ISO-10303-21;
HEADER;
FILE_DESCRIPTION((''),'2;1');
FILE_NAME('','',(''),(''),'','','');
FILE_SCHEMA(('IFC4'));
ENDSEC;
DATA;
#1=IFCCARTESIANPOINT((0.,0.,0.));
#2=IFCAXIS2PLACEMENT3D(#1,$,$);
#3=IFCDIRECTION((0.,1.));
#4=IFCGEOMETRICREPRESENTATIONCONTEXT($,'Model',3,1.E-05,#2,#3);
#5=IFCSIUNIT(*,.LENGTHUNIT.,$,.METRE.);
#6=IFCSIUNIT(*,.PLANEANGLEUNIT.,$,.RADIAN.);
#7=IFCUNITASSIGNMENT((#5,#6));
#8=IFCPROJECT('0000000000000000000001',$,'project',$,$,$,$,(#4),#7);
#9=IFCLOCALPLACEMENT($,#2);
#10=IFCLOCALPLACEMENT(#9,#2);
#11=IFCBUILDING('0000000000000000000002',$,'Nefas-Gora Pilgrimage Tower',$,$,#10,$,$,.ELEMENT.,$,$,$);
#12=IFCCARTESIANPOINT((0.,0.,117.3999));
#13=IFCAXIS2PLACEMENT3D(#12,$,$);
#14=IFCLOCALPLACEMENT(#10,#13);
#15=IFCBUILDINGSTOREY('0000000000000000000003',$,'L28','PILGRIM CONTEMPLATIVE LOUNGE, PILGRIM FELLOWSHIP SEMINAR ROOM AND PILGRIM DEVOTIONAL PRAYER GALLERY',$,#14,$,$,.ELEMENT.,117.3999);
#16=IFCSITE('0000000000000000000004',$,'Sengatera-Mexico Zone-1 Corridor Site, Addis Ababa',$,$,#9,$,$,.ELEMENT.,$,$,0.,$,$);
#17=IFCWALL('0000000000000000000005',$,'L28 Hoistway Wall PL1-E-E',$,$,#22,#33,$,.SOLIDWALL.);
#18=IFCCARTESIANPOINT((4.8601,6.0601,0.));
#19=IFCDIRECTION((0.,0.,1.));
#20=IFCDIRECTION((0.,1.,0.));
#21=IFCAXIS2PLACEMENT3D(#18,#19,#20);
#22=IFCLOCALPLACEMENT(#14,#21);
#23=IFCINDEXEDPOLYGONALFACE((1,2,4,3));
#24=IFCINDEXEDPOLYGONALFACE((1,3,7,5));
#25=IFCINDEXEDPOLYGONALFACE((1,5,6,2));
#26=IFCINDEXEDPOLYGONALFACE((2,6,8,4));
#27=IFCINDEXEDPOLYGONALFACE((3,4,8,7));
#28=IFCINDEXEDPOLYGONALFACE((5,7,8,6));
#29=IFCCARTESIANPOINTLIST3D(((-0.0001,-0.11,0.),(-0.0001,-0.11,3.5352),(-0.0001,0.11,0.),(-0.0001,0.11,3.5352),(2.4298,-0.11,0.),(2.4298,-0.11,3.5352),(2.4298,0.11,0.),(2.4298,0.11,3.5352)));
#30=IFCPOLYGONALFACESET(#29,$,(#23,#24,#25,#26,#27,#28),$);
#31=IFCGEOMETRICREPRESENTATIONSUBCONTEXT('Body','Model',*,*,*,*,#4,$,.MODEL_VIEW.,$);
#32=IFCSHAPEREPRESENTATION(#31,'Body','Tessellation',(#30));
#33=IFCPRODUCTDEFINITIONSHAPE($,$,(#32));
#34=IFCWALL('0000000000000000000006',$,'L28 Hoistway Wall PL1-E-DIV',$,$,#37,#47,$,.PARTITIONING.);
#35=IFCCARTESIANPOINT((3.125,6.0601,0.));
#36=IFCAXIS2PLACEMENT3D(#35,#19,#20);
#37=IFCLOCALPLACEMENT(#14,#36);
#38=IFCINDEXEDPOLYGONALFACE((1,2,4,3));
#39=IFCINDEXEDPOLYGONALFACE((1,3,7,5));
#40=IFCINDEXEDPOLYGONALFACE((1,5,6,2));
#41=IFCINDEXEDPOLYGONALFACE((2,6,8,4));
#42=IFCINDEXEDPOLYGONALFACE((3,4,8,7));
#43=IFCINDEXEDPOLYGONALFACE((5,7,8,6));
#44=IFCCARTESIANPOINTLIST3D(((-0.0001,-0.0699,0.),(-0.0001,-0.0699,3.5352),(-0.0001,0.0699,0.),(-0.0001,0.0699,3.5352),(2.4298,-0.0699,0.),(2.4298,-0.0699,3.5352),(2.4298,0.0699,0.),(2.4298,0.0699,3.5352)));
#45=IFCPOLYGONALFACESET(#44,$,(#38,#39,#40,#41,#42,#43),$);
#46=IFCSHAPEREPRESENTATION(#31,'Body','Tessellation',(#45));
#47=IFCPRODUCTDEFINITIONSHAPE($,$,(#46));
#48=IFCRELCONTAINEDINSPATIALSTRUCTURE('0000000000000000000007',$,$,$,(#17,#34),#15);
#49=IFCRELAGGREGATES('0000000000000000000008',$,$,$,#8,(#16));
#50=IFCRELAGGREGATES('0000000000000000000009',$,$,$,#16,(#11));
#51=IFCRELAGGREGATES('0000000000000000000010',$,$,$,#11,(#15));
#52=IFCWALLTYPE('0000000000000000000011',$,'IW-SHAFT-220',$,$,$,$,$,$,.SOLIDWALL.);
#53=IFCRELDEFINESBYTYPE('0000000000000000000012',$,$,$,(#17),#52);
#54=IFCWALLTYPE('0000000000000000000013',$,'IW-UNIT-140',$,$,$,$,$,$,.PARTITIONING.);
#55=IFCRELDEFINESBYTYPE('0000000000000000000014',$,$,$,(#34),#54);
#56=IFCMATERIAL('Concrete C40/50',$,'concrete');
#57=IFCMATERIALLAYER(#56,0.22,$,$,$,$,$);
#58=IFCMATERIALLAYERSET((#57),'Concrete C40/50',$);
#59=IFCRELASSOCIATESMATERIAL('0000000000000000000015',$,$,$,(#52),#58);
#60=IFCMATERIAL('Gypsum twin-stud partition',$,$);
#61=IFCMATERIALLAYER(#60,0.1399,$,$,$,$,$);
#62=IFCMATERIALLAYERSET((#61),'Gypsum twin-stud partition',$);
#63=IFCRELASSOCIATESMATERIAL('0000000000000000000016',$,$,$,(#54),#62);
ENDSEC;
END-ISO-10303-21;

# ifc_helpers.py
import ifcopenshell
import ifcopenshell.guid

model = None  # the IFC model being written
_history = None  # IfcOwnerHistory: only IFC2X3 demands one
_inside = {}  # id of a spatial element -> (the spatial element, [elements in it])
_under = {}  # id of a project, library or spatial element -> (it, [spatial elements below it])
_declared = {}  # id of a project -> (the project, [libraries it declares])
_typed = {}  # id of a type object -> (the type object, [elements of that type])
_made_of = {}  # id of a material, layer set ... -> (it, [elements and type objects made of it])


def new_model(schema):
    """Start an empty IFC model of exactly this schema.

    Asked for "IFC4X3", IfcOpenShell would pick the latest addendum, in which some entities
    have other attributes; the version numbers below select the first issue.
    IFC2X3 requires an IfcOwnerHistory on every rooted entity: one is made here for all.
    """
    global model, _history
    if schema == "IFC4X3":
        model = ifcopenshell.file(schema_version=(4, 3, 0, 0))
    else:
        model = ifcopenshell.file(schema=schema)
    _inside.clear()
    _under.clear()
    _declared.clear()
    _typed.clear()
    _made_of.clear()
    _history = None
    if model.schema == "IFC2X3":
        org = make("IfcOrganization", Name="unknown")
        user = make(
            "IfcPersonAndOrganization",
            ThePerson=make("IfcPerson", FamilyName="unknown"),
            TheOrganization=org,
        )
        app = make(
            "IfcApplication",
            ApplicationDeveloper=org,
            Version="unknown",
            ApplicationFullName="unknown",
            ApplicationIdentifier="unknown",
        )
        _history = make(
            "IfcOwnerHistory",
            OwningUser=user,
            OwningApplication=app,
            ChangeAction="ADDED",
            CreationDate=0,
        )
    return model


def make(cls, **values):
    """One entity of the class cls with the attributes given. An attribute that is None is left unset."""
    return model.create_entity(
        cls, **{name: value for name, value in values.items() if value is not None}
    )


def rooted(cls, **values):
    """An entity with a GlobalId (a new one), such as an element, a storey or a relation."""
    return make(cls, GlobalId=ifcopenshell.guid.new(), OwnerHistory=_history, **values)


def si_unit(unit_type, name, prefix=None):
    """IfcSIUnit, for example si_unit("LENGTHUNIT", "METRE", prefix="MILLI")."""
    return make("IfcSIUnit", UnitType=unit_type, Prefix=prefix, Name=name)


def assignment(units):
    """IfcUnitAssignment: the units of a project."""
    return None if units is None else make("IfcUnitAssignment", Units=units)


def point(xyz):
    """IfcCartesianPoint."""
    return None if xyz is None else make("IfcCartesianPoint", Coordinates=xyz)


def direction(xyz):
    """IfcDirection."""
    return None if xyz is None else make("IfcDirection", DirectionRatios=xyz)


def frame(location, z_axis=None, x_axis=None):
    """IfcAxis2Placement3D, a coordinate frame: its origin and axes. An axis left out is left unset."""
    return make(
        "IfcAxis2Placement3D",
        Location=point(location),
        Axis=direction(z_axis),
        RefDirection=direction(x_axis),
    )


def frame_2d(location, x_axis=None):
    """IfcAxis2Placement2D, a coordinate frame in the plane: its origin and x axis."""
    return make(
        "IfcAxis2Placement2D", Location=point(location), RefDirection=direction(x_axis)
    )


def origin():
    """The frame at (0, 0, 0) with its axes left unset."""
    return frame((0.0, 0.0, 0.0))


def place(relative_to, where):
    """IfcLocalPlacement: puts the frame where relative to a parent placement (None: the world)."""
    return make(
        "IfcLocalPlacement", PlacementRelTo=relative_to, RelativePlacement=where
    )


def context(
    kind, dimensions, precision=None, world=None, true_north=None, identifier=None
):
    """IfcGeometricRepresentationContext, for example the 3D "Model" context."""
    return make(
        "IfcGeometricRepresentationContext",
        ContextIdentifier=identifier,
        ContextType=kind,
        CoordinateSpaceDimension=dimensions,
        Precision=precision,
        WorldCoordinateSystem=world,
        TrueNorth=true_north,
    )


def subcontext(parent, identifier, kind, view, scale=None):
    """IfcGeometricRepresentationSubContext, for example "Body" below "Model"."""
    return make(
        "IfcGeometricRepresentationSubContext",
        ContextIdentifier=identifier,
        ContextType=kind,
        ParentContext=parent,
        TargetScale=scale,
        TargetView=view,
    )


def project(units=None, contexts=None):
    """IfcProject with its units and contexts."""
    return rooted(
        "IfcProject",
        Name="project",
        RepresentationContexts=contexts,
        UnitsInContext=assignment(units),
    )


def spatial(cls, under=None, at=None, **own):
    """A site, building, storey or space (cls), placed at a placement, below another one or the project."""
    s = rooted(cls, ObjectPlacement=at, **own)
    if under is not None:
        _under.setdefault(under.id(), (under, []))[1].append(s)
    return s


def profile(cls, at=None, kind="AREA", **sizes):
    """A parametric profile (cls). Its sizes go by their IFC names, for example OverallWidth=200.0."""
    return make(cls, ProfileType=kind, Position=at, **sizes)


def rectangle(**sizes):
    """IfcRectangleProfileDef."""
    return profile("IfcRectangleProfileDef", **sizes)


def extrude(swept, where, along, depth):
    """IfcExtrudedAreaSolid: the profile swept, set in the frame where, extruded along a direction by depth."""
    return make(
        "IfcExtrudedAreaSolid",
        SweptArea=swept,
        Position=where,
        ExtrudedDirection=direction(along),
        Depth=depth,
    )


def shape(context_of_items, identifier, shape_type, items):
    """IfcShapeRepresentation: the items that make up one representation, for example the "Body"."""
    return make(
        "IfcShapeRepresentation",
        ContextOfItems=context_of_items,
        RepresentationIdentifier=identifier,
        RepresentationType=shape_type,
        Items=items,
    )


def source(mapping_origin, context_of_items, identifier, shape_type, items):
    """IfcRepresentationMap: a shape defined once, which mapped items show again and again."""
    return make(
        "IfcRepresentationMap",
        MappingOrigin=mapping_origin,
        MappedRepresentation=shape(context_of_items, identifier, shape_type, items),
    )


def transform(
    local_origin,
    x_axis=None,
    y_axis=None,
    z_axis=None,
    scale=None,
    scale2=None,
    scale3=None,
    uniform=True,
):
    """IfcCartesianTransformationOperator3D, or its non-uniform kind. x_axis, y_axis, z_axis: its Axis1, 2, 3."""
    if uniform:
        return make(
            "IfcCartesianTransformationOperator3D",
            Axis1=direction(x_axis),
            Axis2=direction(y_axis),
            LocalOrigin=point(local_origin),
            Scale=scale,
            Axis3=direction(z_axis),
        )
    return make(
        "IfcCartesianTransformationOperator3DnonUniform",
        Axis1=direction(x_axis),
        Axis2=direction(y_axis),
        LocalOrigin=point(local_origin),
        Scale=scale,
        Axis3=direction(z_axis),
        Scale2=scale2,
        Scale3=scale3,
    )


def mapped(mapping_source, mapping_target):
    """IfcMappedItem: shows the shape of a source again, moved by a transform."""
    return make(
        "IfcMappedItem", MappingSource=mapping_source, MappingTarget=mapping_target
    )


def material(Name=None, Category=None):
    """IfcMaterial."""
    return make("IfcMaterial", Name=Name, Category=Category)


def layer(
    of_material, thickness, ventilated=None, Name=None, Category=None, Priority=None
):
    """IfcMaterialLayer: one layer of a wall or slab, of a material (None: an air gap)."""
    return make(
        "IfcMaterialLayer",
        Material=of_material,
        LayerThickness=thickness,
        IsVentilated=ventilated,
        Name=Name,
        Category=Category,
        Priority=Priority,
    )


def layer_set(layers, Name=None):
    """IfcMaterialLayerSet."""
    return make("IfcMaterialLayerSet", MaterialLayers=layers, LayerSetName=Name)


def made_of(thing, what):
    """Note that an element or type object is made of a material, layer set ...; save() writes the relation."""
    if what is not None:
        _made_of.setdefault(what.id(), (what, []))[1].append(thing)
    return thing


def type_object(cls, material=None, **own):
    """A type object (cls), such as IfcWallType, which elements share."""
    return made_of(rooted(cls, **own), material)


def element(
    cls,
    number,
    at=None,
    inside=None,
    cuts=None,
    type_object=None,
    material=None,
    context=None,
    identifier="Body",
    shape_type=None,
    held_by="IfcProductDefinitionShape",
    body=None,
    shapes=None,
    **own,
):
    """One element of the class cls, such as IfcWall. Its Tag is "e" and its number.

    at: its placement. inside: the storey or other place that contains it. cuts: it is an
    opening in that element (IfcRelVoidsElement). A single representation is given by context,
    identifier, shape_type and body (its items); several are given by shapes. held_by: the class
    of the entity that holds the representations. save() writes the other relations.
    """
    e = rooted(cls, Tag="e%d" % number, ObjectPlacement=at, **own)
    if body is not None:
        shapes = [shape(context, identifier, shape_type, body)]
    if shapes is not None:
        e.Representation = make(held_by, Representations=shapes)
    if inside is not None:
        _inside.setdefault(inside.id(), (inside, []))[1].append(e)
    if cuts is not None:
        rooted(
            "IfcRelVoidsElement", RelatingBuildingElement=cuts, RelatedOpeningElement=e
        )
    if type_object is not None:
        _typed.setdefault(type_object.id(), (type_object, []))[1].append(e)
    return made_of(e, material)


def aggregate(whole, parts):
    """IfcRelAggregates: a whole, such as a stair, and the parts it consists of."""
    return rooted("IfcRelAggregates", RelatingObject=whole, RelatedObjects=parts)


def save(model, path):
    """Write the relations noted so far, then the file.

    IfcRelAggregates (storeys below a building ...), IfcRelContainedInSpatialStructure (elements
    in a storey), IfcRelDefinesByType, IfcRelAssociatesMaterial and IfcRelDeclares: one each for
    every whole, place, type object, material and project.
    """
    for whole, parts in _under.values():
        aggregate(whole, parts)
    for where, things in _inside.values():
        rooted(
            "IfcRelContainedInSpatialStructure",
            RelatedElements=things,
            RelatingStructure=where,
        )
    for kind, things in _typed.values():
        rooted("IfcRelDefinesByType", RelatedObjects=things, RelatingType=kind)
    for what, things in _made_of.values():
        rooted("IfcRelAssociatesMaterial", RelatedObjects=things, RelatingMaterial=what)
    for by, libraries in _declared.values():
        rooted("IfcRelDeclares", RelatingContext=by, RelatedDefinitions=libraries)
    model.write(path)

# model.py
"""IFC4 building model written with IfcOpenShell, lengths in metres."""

from ifc_helpers import new_model, si_unit, direction, frame, frame_2d, origin, place, context, subcontext, project, spatial, rectangle, extrude, source, transform, mapped, material, layer, layer_set, type_object, element, save


model = new_model("IFC4")

# Units and contexts
model_context = context("Model", 3, precision=1e-05, world=origin(), true_north=direction((0.0, 1.0)))
body_context = subcontext(model_context, "Body", "Model", "MODEL_VIEW")
ifc_project = project(units=[si_unit("LENGTHUNIT", "METRE"), si_unit("PLANEANGLEUNIT", "RADIAN")], contexts=[model_context])

# Site, building, storey
site_placement = place(None, origin())
site = spatial("IfcSite", under=ifc_project, at=site_placement, Name="Sengatera-Mexico Zone-1 Corridor Site, Addis Ababa", CompositionType="ELEMENT", RefElevation=0.0)
building_placement = place(site_placement, origin())
building = spatial("IfcBuilding", under=site, at=building_placement, Name="Nefas-Gora Pilgrimage Tower", CompositionType="ELEMENT")
storey_placement = place(building_placement, frame((0.0, 0.0, 117.3999)))
storey = spatial("IfcBuildingStorey", under=building, at=storey_placement, Name="L28", Description="PILGRIM CONTEMPLATIVE LOUNGE, PILGRIM FELLOWSHIP SEMINAR ROOM AND PILGRIM DEVOTIONAL PRAYER GALLERY", CompositionType="ELEMENT", Elevation=117.3999)

# Shared definitions
ifc_material_1 = material(Name="Concrete C40/50", Category="concrete")

# Shared definitions
ifc_layer_1 = layer(ifc_material_1, 0.22)
ifc_layer_set_1 = layer_set([ifc_layer_1], Name="Concrete C40/50")
wall_type_1 = type_object("IfcWallType", Name="IW-SHAFT-220", PredefinedType="SOLIDWALL", material=ifc_layer_set_1)

# Walls
shared_shape_1 = source(origin(), body_context, "Body", "SweptSolid", [
    extrude(rectangle(XDim=2.4299, YDim=0.22, at=frame_2d((1.2148, 0.0))), origin(), (0.0, 0.0, 1.0), 3.5352),
])
for number, where, z_axis, x_axis, name in (
    (1, (4.8601, 6.0601, 0.0), (0.0, 0.0, 1.0), (0.0, 1.0, 0.0), "L28 Hoistway Wall PL1-E-E"),
):
    element("IfcWall", number, at=place(storey_placement, frame(where, z_axis=z_axis, x_axis=x_axis)), inside=storey, type_object=wall_type_1, Name=name, PredefinedType="SOLIDWALL", context=body_context, shape_type="MappedRepresentation", body=[
        mapped(shared_shape_1, transform((0.0, 0.0, 0.0), x_axis=(1.0, 0.0, 0.0), y_axis=(0.0, 1.0, 0.0), z_axis=(0.0, 0.0, 1.0), scale=1.0)),
    ])
ifc_material_2 = material(Name="Gypsum twin-stud partition")
ifc_layer_2 = layer(ifc_material_2, 0.1399)
ifc_layer_set_2 = layer_set([ifc_layer_2], Name="Gypsum twin-stud partition")
wall_type_2 = type_object("IfcWallType", Name="IW-UNIT-140", PredefinedType="PARTITIONING", material=ifc_layer_set_2)
shared_shape_2 = source(origin(), body_context, "Body", "SweptSolid", [
    extrude(rectangle(XDim=2.4299, YDim=0.1399, at=frame_2d((1.2148, 0.0))), origin(), (0.0, 0.0, 1.0), 3.5352),
])
wall_1_placement = place(storey_placement, frame((3.125, 6.0601, 0.0), z_axis=(0.0, 0.0, 1.0), x_axis=(0.0, 1.0, 0.0)))
element("IfcWall", 2, at=wall_1_placement, inside=storey, type_object=wall_type_2, Name="L28 Hoistway Wall PL1-E-DIV", PredefinedType="PARTITIONING", context=body_context, shape_type="MappedRepresentation", body=[
    mapped(shared_shape_2, transform((0.0, 0.0, 0.0), x_axis=(1.0, 0.0, 0.0), y_axis=(0.0, 1.0, 0.0), z_axis=(0.0, 0.0, 1.0), scale=1.0)),
])

save(model, "model.ifc")
